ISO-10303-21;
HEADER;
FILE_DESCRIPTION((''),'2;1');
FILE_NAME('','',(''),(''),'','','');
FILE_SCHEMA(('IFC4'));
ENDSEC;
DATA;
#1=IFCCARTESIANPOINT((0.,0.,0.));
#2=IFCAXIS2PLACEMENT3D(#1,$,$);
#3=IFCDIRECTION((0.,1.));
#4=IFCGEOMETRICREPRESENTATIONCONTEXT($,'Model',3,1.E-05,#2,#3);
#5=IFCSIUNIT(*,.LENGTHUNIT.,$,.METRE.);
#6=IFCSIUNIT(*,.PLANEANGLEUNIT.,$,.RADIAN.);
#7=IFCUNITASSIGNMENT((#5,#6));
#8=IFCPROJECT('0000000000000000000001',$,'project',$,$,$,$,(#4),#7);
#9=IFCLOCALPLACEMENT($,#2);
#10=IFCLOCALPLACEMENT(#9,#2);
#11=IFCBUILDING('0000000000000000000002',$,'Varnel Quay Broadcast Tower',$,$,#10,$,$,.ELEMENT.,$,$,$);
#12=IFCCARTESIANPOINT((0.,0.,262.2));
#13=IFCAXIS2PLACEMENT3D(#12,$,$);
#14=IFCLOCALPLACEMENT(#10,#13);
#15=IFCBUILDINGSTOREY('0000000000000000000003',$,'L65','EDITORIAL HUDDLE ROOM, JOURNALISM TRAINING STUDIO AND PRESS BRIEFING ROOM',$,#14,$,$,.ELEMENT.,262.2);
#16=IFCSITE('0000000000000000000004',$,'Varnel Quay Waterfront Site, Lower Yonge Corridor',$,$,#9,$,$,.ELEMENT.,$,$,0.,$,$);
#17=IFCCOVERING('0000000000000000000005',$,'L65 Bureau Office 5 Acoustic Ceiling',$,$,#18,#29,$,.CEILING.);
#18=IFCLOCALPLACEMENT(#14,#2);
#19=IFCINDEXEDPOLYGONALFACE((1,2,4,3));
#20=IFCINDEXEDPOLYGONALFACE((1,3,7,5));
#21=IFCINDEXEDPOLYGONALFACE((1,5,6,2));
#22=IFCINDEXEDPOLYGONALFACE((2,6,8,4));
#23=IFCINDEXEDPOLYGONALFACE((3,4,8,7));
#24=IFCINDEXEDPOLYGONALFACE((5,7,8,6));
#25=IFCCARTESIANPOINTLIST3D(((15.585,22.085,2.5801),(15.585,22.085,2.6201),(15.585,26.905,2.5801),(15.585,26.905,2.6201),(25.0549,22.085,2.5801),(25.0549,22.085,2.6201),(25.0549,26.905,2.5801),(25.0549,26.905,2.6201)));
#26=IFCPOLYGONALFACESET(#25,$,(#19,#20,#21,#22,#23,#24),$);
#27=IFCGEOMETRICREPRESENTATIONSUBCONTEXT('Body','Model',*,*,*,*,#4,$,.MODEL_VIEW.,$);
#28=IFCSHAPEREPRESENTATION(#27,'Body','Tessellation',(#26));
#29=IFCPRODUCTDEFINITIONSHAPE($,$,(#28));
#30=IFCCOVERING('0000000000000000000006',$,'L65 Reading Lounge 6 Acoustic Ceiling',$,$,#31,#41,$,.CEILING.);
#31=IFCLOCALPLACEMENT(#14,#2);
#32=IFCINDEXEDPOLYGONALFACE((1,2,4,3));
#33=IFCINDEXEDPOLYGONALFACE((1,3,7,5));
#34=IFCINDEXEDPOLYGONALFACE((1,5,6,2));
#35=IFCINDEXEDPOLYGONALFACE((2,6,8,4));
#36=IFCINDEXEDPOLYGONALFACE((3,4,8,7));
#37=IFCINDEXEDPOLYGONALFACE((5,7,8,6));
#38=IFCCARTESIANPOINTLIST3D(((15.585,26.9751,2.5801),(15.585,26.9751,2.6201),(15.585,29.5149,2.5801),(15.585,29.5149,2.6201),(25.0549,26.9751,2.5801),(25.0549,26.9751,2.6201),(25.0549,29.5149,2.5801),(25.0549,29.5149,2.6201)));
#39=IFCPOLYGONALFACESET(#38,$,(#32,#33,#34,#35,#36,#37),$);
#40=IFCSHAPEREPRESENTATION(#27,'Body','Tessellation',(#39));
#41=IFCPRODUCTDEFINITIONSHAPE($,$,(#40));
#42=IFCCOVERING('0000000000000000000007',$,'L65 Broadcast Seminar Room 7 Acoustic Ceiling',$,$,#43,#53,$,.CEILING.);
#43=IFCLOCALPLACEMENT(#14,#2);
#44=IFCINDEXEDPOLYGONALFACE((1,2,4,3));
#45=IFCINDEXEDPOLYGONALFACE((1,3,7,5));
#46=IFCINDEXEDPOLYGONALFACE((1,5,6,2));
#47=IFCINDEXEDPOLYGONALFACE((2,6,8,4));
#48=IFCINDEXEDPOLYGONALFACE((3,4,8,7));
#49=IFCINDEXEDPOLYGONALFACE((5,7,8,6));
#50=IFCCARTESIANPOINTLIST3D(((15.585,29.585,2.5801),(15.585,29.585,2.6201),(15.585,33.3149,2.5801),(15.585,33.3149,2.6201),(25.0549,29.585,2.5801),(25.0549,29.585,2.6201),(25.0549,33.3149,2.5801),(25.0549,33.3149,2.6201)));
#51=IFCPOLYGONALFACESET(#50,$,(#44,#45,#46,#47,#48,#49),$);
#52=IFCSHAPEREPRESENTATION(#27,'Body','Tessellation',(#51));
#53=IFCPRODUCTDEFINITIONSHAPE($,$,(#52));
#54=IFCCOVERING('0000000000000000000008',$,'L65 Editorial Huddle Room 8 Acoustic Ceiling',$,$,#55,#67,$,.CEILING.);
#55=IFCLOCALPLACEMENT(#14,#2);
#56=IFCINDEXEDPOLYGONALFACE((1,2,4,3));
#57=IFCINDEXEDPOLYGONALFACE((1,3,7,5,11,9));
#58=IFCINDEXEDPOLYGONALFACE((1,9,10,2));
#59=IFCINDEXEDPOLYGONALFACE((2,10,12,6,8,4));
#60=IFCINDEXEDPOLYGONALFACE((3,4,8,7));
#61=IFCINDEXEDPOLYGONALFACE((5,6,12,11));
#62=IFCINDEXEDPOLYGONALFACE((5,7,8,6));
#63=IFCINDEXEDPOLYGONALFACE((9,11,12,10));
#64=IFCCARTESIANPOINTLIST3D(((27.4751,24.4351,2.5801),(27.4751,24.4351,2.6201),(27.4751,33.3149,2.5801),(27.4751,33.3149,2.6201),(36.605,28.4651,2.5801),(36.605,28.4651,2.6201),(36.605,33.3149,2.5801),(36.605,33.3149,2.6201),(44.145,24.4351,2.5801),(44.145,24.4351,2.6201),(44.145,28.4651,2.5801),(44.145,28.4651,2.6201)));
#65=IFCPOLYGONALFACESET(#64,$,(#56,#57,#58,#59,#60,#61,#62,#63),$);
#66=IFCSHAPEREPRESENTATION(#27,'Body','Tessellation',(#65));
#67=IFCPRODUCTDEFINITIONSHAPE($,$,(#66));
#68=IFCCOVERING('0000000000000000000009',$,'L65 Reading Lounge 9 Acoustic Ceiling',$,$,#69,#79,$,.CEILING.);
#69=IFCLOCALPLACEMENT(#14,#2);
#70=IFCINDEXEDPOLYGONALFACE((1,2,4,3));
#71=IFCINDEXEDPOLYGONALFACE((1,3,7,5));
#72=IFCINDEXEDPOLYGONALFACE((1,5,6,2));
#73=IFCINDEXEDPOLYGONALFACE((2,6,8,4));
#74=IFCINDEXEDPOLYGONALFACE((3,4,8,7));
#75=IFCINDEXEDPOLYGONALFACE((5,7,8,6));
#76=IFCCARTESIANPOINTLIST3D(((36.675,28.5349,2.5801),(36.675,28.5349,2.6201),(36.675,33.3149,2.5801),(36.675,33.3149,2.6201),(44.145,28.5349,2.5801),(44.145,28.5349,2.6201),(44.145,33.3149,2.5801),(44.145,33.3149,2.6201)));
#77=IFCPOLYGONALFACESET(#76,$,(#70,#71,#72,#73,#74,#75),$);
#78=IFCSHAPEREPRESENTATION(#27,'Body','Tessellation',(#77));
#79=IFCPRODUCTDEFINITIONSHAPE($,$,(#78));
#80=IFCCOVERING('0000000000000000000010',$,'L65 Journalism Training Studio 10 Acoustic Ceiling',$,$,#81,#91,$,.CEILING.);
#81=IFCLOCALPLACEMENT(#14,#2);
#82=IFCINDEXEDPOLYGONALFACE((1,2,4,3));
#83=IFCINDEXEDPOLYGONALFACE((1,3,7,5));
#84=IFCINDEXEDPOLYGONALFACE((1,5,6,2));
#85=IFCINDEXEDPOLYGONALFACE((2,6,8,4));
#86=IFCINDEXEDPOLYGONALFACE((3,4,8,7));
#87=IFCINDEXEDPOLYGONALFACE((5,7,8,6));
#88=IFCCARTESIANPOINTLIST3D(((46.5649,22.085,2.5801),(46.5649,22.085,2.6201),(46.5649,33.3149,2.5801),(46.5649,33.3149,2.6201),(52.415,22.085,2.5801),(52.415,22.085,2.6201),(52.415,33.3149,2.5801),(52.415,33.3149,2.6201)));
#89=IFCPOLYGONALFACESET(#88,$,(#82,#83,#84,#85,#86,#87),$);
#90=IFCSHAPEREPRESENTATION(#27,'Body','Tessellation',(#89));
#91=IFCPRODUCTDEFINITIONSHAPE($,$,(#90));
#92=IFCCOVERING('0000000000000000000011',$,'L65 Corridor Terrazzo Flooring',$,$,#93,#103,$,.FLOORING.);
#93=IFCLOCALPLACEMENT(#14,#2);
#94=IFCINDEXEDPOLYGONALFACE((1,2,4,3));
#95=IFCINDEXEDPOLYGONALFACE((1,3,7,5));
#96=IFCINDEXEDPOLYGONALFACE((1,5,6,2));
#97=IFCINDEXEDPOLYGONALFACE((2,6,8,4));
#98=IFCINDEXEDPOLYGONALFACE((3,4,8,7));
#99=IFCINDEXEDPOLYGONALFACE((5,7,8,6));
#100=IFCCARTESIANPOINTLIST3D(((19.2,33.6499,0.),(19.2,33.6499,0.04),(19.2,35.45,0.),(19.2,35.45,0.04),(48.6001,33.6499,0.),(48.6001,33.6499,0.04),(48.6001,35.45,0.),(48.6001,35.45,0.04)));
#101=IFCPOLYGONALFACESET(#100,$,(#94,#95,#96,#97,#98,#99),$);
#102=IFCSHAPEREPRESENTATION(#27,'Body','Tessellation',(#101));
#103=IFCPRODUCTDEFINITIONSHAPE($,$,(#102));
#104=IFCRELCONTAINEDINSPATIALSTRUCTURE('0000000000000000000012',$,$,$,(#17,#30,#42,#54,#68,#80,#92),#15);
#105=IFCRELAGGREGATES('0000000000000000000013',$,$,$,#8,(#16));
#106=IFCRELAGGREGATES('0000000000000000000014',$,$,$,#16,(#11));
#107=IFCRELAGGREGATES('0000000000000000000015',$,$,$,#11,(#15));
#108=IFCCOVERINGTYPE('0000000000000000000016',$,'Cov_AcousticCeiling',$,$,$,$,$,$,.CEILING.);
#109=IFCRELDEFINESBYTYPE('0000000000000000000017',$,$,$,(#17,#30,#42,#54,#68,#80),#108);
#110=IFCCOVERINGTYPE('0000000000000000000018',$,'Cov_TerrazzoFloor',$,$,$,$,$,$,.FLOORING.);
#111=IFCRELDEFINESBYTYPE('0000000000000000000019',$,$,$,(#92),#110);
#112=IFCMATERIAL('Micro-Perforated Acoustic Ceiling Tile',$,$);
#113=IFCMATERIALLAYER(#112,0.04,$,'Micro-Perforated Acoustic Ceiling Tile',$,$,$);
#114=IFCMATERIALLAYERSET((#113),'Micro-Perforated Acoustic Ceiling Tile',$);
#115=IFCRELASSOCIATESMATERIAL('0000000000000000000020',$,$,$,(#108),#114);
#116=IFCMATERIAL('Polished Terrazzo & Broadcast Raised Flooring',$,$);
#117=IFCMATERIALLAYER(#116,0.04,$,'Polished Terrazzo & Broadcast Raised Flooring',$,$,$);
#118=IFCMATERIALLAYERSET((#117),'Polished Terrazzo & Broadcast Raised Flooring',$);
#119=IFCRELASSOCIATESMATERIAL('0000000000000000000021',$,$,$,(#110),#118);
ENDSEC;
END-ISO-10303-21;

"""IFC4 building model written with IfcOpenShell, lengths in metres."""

from ifc_helpers import new_model, si_unit, direction, frame, origin, place, context, subcontext, project, spatial, polyline, outline, extrude, material, layer, layer_set, type_object, element, save


model = new_model("IFC4")

# Units and contexts
model_context = context("Model", 3, precision=1e-05, world=origin(), true_north=direction((0.0, 1.0)))
body_context = subcontext(model_context, "Body", "Model", "MODEL_VIEW")
ifc_project = project(units=[si_unit("LENGTHUNIT", "METRE"), si_unit("PLANEANGLEUNIT", "RADIAN")], contexts=[model_context])

# Site, building, storey
site_placement = place(None, origin())
site = spatial("IfcSite", under=ifc_project, at=site_placement, Name="Varnel Quay Waterfront Site, Lower Yonge Corridor", CompositionType="ELEMENT", RefElevation=0.0)
building_placement = place(site_placement, origin())
building = spatial("IfcBuilding", under=site, at=building_placement, Name="Varnel Quay Broadcast Tower", CompositionType="ELEMENT")
storey_placement = place(building_placement, frame((0.0, 0.0, 262.2)))
storey = spatial("IfcBuildingStorey", under=building, at=storey_placement, Name="L65", Description="EDITORIAL HUDDLE ROOM, JOURNALISM TRAINING STUDIO AND PRESS BRIEFING ROOM", CompositionType="ELEMENT", Elevation=262.2)

# Coverings
ifc_material_1 = material(Name="Micro-Perforated Acoustic Ceiling Tile")
ifc_layer_1 = layer(ifc_material_1, 0.04, Name="Micro-Perforated Acoustic Ceiling Tile")
ifc_layer_set_1 = layer_set([ifc_layer_1], Name="Micro-Perforated Acoustic Ceiling Tile")
covering_type_1 = type_object("IfcCoveringType", Name="Cov_AcousticCeiling", PredefinedType="CEILING", material=ifc_layer_set_1)
covering_1_placement = place(storey_placement, frame((0.0, 0.0, 2.5801)))
element("IfcCovering", 1, at=covering_1_placement, inside=storey, type_object=covering_type_1, Name="L65 Bureau Office 5 Acoustic Ceiling", PredefinedType="CEILING", context=body_context, shape_type="SweptSolid", body=[
    extrude(outline(polyline([(15.585, 22.085), (25.0549, 22.085), (25.0549, 26.905), (15.585, 26.905), (15.585, 22.085)])), origin(), (0.0, 0.0, 1.0), 0.04),
])
covering_2_placement = place(storey_placement, frame((0.0, 0.0, 2.5801)))
element("IfcCovering", 2, at=covering_2_placement, inside=storey, type_object=covering_type_1, Name="L65 Reading Lounge 6 Acoustic Ceiling", PredefinedType="CEILING", context=body_context, shape_type="SweptSolid", body=[
    extrude(outline(polyline([(15.585, 26.9751), (25.0549, 26.9751), (25.0549, 29.5149), (15.585, 29.5149), (15.585, 26.9751)])), origin(), (0.0, 0.0, 1.0), 0.04),
])
covering_3_placement = place(storey_placement, frame((0.0, 0.0, 2.5801)))
element("IfcCovering", 3, at=covering_3_placement, inside=storey, type_object=covering_type_1, Name="L65 Broadcast Seminar Room 7 Acoustic Ceiling", PredefinedType="CEILING", context=body_context, shape_type="SweptSolid", body=[
    extrude(outline(polyline([(15.585, 29.585), (25.0549, 29.585), (25.0549, 33.3149), (15.585, 33.3149), (15.585, 29.585)])), origin(), (0.0, 0.0, 1.0), 0.04),
])
covering_4_placement = place(storey_placement, frame((0.0, 0.0, 2.5801)))
element("IfcCovering", 4, at=covering_4_placement, inside=storey, type_object=covering_type_1, Name="L65 Editorial Huddle Room 8 Acoustic Ceiling", PredefinedType="CEILING", context=body_context, shape_type="SweptSolid", body=[
    extrude(outline(polyline([(27.4751, 24.4351), (44.145, 24.4351), (44.145, 28.4651), (36.605, 28.4651), (36.605, 33.3149), (27.4751, 33.3149), (27.4751, 24.4351)])), origin(), (0.0, 0.0, 1.0), 0.04),
])
covering_5_placement = place(storey_placement, frame((0.0, 0.0, 2.5801)))
element("IfcCovering", 5, at=covering_5_placement, inside=storey, type_object=covering_type_1, Name="L65 Reading Lounge 9 Acoustic Ceiling", PredefinedType="CEILING", context=body_context, shape_type="SweptSolid", body=[
    extrude(outline(polyline([(36.675, 28.5349), (44.145, 28.5349), (44.145, 33.3149), (36.675, 33.3149), (36.675, 28.5349)])), origin(), (0.0, 0.0, 1.0), 0.04),
])
covering_6_placement = place(storey_placement, frame((0.0, 0.0, 2.5801)))
element("IfcCovering", 6, at=covering_6_placement, inside=storey, type_object=covering_type_1, Name="L65 Journalism Training Studio 10 Acoustic Ceiling", PredefinedType="CEILING", context=body_context, shape_type="SweptSolid", body=[
    extrude(outline(polyline([(46.5649, 22.085), (52.415, 22.085), (52.415, 33.3149), (46.5649, 33.3149), (46.5649, 22.085)])), origin(), (0.0, 0.0, 1.0), 0.04),
])
ifc_material_2 = material(Name="Polished Terrazzo & Broadcast Raised Flooring")
ifc_layer_2 = layer(ifc_material_2, 0.04, Name="Polished Terrazzo & Broadcast Raised Flooring")
ifc_layer_set_2 = layer_set([ifc_layer_2], Name="Polished Terrazzo & Broadcast Raised Flooring")
covering_type_2 = type_object("IfcCoveringType", Name="Cov_TerrazzoFloor", PredefinedType="FLOORING", material=ifc_layer_set_2)
covering_7_placement = place(storey_placement, origin())
element("IfcCovering", 7, at=covering_7_placement, inside=storey, type_object=covering_type_2, Name="L65 Corridor Terrazzo Flooring", PredefinedType="FLOORING", context=body_context, shape_type="SweptSolid", body=[
    extrude(outline(polyline([(19.2, 33.6499), (48.6001, 33.6499), (48.6001, 35.45), (19.2, 35.45), (19.2, 33.6499)])), origin(), (0.0, 0.0, 1.0), 0.04),
])

save(model, "model.ifc")
